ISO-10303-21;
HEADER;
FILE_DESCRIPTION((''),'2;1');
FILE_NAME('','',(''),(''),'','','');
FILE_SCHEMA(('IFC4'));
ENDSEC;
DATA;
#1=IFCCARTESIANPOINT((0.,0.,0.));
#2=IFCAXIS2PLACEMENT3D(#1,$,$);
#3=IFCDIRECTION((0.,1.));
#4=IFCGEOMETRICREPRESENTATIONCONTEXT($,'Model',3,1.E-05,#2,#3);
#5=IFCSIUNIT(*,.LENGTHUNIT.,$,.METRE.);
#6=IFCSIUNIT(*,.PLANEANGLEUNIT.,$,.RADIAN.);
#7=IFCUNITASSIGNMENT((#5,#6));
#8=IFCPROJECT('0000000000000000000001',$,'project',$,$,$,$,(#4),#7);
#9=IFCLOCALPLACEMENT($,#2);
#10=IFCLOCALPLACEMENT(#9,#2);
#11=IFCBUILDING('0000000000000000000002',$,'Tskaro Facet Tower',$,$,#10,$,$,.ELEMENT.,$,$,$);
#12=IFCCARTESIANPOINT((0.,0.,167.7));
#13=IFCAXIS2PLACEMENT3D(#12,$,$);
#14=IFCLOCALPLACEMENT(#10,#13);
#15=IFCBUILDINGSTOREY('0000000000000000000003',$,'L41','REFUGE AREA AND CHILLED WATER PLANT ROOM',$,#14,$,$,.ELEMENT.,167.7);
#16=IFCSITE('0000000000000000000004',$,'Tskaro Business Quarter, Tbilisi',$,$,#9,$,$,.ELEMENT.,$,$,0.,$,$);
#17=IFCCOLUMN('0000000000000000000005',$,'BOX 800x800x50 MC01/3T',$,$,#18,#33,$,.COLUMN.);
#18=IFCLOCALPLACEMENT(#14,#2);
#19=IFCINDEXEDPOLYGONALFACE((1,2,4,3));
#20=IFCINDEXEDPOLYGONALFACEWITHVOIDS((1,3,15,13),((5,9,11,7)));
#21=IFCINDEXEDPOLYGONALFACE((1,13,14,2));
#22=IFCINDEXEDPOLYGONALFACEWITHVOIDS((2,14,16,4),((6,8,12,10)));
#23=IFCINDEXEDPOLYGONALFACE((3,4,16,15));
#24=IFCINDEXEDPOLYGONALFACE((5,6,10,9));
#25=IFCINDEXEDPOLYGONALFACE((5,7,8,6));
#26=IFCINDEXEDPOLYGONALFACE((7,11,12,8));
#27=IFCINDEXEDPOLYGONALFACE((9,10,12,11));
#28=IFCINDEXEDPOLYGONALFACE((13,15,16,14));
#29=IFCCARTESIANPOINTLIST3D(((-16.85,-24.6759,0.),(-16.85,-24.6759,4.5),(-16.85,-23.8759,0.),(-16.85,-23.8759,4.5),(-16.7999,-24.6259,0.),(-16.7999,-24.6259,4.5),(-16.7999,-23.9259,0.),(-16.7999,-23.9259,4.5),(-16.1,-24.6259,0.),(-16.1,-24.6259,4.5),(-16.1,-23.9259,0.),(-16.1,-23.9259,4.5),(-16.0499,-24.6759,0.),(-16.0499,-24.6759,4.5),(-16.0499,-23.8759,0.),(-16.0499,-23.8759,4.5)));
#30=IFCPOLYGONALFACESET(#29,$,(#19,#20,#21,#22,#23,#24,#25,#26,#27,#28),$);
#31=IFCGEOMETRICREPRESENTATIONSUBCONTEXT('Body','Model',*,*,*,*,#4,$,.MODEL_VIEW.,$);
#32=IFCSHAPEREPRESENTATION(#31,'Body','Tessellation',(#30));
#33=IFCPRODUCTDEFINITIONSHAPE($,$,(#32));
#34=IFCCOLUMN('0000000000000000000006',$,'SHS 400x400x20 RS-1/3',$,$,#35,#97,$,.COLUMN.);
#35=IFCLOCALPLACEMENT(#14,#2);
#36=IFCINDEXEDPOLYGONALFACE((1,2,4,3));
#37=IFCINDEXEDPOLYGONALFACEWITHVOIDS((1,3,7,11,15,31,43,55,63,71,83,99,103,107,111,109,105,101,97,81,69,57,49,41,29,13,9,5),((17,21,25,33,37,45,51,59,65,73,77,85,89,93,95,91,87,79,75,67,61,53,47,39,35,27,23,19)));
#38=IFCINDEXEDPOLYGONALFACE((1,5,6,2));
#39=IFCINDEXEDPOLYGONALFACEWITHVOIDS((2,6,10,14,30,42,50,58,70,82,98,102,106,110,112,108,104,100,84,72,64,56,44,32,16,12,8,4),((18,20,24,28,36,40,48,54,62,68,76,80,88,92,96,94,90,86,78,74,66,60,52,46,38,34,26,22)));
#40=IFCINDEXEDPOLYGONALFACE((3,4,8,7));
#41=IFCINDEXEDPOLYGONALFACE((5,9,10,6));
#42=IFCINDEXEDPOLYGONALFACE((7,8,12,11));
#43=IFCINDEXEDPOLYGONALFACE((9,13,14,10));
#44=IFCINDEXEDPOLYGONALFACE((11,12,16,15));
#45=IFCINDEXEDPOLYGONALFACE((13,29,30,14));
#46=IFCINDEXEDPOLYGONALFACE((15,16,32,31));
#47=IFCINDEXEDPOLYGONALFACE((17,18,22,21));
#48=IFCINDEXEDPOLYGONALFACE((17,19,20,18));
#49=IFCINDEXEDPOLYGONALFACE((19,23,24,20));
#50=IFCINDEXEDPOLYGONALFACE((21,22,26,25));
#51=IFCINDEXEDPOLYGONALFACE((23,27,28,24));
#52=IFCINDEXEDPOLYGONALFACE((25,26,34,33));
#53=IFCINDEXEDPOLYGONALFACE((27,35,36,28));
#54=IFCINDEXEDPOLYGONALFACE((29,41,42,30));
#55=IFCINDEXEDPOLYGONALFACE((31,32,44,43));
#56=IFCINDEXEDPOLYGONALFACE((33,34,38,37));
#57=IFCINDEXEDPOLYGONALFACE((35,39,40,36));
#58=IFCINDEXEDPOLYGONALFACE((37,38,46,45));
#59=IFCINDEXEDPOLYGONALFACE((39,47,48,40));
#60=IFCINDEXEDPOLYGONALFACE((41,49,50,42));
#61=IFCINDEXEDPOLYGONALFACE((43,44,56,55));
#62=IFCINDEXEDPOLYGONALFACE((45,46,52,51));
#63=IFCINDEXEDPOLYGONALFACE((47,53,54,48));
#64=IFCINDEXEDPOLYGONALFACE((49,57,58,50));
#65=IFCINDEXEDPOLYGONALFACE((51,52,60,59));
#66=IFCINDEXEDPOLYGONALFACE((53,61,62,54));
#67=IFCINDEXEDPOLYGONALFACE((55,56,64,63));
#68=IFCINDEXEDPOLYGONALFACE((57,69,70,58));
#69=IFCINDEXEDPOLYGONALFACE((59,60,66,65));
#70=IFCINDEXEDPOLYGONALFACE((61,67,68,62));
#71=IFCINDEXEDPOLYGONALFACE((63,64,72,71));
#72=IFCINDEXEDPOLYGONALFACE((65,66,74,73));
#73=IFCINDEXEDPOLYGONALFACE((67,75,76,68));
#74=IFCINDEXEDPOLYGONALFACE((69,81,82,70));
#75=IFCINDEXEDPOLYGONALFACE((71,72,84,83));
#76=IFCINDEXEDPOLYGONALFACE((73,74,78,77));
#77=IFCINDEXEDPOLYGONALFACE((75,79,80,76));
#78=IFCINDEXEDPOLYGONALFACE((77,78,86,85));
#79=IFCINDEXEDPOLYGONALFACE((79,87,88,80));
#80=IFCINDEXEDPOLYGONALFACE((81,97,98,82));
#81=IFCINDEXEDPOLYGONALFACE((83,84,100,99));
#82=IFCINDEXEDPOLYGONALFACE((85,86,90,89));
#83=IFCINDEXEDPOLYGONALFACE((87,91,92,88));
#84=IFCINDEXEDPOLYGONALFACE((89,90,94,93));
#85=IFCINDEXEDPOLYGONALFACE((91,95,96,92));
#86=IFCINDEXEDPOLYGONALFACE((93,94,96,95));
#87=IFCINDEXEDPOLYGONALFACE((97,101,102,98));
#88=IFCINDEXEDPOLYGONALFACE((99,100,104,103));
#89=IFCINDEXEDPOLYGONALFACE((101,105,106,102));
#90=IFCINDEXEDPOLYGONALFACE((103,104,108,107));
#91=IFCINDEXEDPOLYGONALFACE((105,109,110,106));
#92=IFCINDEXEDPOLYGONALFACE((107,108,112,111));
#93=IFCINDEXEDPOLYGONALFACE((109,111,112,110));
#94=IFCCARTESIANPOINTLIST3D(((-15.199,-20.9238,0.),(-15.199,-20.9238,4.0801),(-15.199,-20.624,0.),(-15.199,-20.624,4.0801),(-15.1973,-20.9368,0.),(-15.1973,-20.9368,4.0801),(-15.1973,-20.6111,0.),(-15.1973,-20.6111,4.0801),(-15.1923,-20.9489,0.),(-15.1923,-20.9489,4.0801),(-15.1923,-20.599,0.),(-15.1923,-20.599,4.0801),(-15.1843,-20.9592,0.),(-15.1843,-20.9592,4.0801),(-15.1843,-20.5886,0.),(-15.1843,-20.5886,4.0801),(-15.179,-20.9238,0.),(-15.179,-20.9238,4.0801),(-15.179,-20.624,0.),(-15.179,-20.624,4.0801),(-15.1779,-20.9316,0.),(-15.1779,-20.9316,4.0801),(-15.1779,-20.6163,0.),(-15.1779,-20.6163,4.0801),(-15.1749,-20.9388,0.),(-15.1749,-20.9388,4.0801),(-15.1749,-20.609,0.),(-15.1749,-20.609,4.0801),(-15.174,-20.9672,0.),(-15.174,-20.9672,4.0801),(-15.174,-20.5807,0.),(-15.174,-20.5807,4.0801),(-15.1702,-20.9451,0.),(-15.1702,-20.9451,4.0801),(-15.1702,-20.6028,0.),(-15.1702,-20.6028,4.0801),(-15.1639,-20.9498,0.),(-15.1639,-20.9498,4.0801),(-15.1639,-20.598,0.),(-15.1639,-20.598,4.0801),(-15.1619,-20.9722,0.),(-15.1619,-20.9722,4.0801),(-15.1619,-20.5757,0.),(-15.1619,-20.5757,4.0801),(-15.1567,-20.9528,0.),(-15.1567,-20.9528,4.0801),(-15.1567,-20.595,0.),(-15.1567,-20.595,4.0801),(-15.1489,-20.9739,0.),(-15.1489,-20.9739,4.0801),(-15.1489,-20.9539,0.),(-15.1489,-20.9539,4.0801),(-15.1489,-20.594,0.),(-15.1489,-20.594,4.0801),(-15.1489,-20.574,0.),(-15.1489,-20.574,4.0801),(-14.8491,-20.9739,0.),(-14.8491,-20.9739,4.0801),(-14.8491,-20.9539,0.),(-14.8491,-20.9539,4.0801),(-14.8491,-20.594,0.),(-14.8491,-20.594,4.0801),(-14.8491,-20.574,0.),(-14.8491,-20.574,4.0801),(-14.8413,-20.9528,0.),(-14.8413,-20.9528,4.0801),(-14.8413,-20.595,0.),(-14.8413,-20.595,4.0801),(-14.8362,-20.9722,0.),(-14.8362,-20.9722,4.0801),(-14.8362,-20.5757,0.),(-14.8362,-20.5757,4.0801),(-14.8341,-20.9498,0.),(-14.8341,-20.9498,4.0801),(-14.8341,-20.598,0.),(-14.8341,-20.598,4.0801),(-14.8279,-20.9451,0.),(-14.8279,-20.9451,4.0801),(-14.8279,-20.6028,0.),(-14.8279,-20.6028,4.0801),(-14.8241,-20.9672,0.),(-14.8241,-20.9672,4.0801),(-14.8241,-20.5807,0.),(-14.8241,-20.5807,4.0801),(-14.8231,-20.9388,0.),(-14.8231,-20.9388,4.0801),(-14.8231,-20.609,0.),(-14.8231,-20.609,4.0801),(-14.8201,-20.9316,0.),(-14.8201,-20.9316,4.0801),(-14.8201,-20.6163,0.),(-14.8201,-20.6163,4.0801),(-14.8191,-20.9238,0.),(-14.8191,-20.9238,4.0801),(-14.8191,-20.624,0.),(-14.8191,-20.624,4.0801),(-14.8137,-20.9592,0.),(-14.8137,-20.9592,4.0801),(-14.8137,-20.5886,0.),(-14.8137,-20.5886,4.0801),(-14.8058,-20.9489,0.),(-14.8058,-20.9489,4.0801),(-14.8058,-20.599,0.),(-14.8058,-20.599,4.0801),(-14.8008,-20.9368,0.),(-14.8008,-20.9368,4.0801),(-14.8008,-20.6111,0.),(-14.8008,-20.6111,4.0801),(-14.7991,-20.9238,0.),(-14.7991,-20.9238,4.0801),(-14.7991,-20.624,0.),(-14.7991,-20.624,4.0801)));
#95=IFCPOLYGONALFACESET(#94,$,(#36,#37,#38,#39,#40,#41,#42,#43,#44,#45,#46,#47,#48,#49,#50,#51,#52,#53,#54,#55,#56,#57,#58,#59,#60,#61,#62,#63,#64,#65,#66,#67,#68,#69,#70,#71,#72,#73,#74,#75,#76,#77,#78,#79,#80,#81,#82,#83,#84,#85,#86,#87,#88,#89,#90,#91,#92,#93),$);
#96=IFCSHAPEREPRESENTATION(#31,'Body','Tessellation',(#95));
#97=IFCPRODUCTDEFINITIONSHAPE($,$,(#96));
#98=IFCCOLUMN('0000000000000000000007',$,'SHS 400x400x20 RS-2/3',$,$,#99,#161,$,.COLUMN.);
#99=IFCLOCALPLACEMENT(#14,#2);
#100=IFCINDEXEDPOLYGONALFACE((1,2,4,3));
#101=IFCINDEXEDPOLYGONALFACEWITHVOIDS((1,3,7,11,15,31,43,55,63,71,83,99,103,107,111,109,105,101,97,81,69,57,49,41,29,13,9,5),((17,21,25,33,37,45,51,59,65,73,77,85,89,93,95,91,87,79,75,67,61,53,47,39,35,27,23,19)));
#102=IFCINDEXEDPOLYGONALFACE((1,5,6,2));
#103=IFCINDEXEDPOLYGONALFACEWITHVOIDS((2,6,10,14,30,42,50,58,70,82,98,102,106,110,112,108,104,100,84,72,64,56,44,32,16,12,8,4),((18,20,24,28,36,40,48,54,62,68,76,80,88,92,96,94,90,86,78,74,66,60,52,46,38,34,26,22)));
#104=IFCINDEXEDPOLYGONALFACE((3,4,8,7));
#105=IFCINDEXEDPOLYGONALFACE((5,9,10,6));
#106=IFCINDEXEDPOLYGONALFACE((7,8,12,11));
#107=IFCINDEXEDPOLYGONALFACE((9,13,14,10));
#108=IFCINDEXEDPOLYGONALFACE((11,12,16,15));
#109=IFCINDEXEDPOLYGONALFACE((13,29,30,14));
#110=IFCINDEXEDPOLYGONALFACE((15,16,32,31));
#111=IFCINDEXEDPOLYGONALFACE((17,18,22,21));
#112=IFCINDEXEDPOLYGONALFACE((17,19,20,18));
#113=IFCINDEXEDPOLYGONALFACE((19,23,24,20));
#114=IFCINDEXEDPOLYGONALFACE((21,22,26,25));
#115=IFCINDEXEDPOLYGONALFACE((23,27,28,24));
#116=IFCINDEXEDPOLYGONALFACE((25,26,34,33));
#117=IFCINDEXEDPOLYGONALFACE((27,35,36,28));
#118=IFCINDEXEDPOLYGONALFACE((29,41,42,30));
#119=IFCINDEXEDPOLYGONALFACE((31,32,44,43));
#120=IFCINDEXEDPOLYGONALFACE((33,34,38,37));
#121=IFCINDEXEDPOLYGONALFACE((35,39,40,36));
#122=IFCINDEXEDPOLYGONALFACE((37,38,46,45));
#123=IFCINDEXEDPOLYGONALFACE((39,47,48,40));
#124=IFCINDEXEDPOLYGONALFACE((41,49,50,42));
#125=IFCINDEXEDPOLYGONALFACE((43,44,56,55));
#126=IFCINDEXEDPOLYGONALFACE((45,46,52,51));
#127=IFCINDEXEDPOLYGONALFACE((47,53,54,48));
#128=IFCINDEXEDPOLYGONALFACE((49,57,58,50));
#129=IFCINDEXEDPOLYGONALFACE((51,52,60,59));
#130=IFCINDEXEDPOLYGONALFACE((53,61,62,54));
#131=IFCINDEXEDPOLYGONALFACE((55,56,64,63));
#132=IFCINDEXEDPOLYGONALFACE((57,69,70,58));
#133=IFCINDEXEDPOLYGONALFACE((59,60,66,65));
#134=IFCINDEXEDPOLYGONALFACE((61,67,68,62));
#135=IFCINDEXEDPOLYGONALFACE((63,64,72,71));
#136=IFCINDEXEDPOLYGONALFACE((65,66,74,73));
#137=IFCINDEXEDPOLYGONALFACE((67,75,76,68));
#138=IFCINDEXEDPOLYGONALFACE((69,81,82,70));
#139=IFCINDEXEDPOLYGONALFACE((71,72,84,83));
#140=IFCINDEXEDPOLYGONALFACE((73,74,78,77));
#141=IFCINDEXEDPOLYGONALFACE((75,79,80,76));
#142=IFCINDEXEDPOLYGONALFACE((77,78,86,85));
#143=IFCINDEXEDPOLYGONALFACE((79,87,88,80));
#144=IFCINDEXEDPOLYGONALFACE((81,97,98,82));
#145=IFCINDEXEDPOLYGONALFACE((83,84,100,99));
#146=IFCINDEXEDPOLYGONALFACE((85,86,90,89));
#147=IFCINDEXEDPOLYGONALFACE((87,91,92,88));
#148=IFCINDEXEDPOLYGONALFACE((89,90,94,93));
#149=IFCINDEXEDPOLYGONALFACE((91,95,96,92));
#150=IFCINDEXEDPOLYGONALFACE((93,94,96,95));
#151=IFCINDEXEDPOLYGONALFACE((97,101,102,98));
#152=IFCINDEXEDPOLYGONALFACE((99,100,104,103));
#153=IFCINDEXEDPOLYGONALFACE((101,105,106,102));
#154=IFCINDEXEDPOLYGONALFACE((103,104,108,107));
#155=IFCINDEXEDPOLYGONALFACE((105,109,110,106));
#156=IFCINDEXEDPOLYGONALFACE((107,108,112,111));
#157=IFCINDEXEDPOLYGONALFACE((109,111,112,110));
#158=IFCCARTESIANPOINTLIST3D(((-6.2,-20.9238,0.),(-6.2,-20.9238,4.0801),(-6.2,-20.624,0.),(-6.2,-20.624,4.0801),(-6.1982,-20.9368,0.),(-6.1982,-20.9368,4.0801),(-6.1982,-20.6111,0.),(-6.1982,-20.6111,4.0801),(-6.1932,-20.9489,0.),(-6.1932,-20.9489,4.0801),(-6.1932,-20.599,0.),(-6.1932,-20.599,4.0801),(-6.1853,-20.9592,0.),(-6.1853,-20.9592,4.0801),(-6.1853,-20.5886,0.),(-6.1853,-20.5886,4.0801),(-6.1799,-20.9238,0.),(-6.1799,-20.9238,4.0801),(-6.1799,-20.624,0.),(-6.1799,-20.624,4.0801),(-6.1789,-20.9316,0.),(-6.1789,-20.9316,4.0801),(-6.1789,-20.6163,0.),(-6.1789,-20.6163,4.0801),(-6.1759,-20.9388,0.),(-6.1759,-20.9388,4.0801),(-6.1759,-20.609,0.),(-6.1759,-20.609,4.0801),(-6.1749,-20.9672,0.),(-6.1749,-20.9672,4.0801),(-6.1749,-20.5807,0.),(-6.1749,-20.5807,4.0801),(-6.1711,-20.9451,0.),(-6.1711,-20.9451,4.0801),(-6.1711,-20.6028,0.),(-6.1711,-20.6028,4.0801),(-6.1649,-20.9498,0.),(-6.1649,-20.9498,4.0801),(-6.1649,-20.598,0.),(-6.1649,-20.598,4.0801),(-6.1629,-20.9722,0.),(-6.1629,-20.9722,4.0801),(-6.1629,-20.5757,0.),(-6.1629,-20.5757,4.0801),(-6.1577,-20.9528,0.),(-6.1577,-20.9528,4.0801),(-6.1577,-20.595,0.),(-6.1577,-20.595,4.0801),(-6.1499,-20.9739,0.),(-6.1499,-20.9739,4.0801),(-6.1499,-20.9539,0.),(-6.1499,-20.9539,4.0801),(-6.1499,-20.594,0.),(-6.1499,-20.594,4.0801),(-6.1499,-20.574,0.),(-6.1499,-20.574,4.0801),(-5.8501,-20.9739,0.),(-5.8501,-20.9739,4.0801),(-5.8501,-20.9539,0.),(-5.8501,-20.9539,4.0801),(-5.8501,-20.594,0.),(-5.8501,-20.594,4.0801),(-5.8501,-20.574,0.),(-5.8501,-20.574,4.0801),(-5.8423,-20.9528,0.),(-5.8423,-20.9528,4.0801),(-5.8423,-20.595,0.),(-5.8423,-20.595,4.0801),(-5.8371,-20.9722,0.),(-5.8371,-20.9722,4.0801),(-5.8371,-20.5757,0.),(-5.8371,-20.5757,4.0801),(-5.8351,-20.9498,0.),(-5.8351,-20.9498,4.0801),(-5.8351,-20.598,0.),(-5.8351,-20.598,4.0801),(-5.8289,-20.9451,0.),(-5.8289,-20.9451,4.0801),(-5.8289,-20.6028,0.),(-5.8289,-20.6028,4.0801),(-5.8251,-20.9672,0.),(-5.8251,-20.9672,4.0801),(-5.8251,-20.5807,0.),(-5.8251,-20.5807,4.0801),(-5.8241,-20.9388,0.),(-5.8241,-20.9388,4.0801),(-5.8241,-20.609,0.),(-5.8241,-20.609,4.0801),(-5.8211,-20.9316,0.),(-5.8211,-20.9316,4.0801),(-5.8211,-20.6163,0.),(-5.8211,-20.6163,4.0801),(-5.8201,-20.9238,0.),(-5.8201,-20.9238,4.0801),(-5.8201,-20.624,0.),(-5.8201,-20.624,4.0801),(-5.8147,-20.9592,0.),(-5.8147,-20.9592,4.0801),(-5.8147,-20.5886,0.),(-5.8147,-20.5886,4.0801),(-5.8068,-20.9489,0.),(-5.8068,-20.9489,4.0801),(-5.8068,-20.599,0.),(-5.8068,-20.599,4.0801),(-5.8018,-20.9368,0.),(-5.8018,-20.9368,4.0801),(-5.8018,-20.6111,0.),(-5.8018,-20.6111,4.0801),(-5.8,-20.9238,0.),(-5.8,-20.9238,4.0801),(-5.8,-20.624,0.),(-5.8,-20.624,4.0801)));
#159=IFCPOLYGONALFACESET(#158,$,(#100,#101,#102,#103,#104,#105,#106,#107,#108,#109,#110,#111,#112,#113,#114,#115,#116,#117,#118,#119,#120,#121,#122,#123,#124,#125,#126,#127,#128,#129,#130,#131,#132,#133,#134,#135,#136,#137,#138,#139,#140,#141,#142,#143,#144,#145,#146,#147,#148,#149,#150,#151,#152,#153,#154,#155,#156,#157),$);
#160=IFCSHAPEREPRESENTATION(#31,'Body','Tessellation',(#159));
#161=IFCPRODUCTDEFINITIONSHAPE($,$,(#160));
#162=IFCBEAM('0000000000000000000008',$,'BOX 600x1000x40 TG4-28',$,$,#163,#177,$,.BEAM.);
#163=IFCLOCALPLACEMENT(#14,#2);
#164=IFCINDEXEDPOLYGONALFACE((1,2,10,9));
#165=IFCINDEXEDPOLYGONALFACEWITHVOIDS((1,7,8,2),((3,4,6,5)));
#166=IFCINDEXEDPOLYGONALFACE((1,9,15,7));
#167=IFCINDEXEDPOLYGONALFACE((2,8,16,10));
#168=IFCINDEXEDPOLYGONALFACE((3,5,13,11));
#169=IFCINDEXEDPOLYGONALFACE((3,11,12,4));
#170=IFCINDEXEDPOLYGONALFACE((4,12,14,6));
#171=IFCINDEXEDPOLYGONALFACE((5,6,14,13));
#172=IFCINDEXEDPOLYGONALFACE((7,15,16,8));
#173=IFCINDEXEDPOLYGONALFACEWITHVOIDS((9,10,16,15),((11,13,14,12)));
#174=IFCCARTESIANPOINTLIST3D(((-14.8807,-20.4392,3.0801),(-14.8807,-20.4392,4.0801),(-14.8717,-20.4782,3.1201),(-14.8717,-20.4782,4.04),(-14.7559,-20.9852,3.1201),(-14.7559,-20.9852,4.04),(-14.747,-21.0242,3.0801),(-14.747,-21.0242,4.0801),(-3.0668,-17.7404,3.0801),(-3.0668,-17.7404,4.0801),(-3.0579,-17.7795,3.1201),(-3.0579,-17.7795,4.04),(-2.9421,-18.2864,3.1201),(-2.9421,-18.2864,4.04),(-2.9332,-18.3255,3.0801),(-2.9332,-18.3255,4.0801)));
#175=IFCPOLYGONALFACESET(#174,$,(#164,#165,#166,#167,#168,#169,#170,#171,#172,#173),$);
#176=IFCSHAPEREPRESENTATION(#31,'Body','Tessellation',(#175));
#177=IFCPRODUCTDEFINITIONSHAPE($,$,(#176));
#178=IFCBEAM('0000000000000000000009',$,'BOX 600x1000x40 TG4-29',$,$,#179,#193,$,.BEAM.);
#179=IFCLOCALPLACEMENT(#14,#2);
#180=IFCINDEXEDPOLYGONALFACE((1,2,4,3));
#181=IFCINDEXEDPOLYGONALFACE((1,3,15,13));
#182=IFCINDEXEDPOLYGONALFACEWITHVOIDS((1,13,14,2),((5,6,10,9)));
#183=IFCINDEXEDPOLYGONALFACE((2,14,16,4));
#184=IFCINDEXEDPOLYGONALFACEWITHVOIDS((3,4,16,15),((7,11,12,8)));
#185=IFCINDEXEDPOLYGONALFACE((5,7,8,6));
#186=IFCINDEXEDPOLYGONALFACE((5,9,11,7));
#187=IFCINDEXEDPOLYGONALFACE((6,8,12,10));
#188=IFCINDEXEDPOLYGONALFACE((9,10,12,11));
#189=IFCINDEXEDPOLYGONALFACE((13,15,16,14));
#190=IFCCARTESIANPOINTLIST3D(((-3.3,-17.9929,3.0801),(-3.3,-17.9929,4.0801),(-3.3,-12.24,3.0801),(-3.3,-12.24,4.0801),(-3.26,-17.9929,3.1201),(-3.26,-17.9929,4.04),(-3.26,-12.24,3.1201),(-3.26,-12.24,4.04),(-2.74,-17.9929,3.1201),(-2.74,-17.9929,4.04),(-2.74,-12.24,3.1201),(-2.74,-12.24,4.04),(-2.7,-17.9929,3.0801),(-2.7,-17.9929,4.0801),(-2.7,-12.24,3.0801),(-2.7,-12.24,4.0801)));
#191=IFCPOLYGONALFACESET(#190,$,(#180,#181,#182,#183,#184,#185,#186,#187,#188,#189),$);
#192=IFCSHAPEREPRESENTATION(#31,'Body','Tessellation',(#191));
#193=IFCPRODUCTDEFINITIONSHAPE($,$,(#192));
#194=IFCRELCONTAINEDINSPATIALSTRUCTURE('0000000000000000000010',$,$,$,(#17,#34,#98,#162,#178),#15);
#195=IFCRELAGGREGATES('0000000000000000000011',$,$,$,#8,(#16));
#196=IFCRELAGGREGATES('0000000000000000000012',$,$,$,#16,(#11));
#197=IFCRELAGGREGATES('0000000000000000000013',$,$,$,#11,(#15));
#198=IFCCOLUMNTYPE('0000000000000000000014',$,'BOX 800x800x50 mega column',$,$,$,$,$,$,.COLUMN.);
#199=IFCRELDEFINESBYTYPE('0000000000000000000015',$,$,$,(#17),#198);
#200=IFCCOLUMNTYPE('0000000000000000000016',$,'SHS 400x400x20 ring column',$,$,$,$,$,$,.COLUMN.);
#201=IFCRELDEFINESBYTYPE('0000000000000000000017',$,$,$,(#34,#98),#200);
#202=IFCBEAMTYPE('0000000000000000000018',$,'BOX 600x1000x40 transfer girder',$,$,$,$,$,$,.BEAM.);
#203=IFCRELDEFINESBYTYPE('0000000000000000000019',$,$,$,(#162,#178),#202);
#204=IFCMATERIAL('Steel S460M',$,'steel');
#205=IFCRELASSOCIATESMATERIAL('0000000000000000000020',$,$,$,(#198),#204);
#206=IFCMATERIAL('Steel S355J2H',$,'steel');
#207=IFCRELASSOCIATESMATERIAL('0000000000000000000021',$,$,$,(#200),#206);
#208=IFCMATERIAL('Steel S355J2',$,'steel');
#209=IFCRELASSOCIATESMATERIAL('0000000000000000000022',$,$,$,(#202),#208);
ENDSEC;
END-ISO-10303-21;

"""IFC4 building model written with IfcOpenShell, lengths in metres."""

from ifc_helpers import new_model, si_unit, direction, frame, origin, origin_2d, place, context, subcontext, project, spatial, hollow_rectangle, extrude, material, material_profile, profile_set, type_object, element, save


model = new_model("IFC4")

# Units and contexts
model_context = context("Model", 3, precision=1e-05, world=origin(), true_north=direction((0.0, 1.0)))
body_context = subcontext(model_context, "Body", "Model", "MODEL_VIEW")
ifc_project = project(units=[si_unit("LENGTHUNIT", "METRE"), si_unit("PLANEANGLEUNIT", "RADIAN")], contexts=[model_context])

# Site, building, storey
site_placement = place(None, origin())
site = spatial("IfcSite", under=ifc_project, at=site_placement, Name="Tskaro Business Quarter, Tbilisi", CompositionType="ELEMENT", RefElevation=0.0)
building_placement = place(site_placement, origin())
building = spatial("IfcBuilding", under=site, at=building_placement, Name="Tskaro Facet Tower", CompositionType="ELEMENT")
storey_placement = place(building_placement, frame((0.0, 0.0, 167.7)))
storey = spatial("IfcBuildingStorey", under=building, at=storey_placement, Name="L41", Description="REFUGE AREA AND CHILLED WATER PLANT ROOM", CompositionType="ELEMENT", Elevation=167.7)

# Columns
ifc_material_1 = material(Name="Steel S460M", Category="steel")
ifc_material_profile_1 = material_profile(ifc_material_1, hollow_rectangle(XDim=0.8, YDim=0.8, WallThickness=0.05, at=origin_2d()), Name="BOX 800x800x50")
ifc_profile_set_1 = profile_set([ifc_material_profile_1], Name="Steel S460M")
column_type_1 = type_object("IfcColumnType", Name="BOX 800x800x50 mega column", PredefinedType="COLUMN", material=ifc_profile_set_1)
column_placement = place(storey_placement, frame((-16.45, -24.2759, 0.0), z_axis=(0.0, 0.0, 1.0), x_axis=(1.0, 0.0, 0.0)))
element("IfcColumn", 1, at=column_placement, inside=storey, type_object=column_type_1, Name="BOX 800x800x50 MC01/3T", PredefinedType="COLUMN", context=body_context, shape_type="SweptSolid", body=[
    extrude(hollow_rectangle(XDim=0.8, YDim=0.8, WallThickness=0.05, at=origin_2d()), origin(), (0.0, 0.0, 1.0), 4.5),
])
ifc_material_2 = material(Name="Steel S355J2H", Category="steel")
ifc_material_profile_2 = material_profile(ifc_material_2, hollow_rectangle(XDim=0.3999, YDim=0.3999, WallThickness=0.02, InnerFilletRadius=0.03, OuterFilletRadius=0.05, at=origin_2d()), Name="SHS 400x400x20")
ifc_profile_set_2 = profile_set([ifc_material_profile_2], Name="Steel S355J2H")
column_type_2 = type_object("IfcColumnType", Name="SHS 400x400x20 ring column", PredefinedType="COLUMN", material=ifc_profile_set_2)
for number, where, z_axis, x_axis, name in (
    (2, (-14.999, -20.7739, 0.0), (0.0, 0.0, 1.0), (1.0, 0.0, 0.0), "SHS 400x400x20 RS-1/3"),
    (3, (-6.0, -20.7739, 0.0), (0.0, 0.0, 1.0), (1.0, 0.0, 0.0), "SHS 400x400x20 RS-2/3"),
):
    element("IfcColumn", number, at=place(storey_placement, frame(where, z_axis=z_axis, x_axis=x_axis)), inside=storey, type_object=column_type_2, Name=name, PredefinedType="COLUMN", context=body_context, shape_type="SweptSolid", body=[
        extrude(hollow_rectangle(XDim=0.3999, YDim=0.3999, WallThickness=0.02, InnerFilletRadius=0.03, OuterFilletRadius=0.05, at=origin_2d()), origin(), (0.0, 0.0, 1.0), 4.0801),
    ])

# Beams
ifc_material_3 = material(Name="Steel S355J2", Category="steel")
ifc_material_profile_3 = material_profile(ifc_material_3, hollow_rectangle(XDim=0.6001, YDim=1.0, WallThickness=0.04, at=origin_2d()), Name="BOX 600x1000x40")
ifc_profile_set_3 = profile_set([ifc_material_profile_3], Name="Steel S355J2")
beam_type_1 = type_object("IfcBeamType", Name="BOX 600x1000x40 transfer girder", PredefinedType="BEAM", material=ifc_profile_set_3)
beam_1_placement = place(storey_placement, frame((-3.0, -18.033, 3.5801), z_axis=(-0.974886, -0.222703, 0.0), x_axis=(0.222703, -0.974886, 0.0)))
element("IfcBeam", 4, at=beam_1_placement, inside=storey, type_object=beam_type_1, Name="BOX 600x1000x40 TG4-28", PredefinedType="BEAM", context=body_context, shape_type="SweptSolid", body=[
    extrude(hollow_rectangle(XDim=0.6001, YDim=1.0, WallThickness=0.04, at=origin_2d()), origin(), (0.0, 0.0, 1.0), 12.1182),
])
beam_2_placement = place(storey_placement, frame((-3.0, -17.9929, 3.5801), z_axis=(0.0, 1.0, 0.0), x_axis=(-1.0, 0.0, 0.0)))
element("IfcBeam", 5, at=beam_2_placement, inside=storey, type_object=beam_type_1, Name="BOX 600x1000x40 TG4-29", PredefinedType="BEAM", context=body_context, shape_type="SweptSolid", body=[
    extrude(hollow_rectangle(XDim=0.6001, YDim=1.0, WallThickness=0.04, at=origin_2d()), origin(), (0.0, 0.0, 1.0), 5.7529),
])

save(model, "model.ifc")
